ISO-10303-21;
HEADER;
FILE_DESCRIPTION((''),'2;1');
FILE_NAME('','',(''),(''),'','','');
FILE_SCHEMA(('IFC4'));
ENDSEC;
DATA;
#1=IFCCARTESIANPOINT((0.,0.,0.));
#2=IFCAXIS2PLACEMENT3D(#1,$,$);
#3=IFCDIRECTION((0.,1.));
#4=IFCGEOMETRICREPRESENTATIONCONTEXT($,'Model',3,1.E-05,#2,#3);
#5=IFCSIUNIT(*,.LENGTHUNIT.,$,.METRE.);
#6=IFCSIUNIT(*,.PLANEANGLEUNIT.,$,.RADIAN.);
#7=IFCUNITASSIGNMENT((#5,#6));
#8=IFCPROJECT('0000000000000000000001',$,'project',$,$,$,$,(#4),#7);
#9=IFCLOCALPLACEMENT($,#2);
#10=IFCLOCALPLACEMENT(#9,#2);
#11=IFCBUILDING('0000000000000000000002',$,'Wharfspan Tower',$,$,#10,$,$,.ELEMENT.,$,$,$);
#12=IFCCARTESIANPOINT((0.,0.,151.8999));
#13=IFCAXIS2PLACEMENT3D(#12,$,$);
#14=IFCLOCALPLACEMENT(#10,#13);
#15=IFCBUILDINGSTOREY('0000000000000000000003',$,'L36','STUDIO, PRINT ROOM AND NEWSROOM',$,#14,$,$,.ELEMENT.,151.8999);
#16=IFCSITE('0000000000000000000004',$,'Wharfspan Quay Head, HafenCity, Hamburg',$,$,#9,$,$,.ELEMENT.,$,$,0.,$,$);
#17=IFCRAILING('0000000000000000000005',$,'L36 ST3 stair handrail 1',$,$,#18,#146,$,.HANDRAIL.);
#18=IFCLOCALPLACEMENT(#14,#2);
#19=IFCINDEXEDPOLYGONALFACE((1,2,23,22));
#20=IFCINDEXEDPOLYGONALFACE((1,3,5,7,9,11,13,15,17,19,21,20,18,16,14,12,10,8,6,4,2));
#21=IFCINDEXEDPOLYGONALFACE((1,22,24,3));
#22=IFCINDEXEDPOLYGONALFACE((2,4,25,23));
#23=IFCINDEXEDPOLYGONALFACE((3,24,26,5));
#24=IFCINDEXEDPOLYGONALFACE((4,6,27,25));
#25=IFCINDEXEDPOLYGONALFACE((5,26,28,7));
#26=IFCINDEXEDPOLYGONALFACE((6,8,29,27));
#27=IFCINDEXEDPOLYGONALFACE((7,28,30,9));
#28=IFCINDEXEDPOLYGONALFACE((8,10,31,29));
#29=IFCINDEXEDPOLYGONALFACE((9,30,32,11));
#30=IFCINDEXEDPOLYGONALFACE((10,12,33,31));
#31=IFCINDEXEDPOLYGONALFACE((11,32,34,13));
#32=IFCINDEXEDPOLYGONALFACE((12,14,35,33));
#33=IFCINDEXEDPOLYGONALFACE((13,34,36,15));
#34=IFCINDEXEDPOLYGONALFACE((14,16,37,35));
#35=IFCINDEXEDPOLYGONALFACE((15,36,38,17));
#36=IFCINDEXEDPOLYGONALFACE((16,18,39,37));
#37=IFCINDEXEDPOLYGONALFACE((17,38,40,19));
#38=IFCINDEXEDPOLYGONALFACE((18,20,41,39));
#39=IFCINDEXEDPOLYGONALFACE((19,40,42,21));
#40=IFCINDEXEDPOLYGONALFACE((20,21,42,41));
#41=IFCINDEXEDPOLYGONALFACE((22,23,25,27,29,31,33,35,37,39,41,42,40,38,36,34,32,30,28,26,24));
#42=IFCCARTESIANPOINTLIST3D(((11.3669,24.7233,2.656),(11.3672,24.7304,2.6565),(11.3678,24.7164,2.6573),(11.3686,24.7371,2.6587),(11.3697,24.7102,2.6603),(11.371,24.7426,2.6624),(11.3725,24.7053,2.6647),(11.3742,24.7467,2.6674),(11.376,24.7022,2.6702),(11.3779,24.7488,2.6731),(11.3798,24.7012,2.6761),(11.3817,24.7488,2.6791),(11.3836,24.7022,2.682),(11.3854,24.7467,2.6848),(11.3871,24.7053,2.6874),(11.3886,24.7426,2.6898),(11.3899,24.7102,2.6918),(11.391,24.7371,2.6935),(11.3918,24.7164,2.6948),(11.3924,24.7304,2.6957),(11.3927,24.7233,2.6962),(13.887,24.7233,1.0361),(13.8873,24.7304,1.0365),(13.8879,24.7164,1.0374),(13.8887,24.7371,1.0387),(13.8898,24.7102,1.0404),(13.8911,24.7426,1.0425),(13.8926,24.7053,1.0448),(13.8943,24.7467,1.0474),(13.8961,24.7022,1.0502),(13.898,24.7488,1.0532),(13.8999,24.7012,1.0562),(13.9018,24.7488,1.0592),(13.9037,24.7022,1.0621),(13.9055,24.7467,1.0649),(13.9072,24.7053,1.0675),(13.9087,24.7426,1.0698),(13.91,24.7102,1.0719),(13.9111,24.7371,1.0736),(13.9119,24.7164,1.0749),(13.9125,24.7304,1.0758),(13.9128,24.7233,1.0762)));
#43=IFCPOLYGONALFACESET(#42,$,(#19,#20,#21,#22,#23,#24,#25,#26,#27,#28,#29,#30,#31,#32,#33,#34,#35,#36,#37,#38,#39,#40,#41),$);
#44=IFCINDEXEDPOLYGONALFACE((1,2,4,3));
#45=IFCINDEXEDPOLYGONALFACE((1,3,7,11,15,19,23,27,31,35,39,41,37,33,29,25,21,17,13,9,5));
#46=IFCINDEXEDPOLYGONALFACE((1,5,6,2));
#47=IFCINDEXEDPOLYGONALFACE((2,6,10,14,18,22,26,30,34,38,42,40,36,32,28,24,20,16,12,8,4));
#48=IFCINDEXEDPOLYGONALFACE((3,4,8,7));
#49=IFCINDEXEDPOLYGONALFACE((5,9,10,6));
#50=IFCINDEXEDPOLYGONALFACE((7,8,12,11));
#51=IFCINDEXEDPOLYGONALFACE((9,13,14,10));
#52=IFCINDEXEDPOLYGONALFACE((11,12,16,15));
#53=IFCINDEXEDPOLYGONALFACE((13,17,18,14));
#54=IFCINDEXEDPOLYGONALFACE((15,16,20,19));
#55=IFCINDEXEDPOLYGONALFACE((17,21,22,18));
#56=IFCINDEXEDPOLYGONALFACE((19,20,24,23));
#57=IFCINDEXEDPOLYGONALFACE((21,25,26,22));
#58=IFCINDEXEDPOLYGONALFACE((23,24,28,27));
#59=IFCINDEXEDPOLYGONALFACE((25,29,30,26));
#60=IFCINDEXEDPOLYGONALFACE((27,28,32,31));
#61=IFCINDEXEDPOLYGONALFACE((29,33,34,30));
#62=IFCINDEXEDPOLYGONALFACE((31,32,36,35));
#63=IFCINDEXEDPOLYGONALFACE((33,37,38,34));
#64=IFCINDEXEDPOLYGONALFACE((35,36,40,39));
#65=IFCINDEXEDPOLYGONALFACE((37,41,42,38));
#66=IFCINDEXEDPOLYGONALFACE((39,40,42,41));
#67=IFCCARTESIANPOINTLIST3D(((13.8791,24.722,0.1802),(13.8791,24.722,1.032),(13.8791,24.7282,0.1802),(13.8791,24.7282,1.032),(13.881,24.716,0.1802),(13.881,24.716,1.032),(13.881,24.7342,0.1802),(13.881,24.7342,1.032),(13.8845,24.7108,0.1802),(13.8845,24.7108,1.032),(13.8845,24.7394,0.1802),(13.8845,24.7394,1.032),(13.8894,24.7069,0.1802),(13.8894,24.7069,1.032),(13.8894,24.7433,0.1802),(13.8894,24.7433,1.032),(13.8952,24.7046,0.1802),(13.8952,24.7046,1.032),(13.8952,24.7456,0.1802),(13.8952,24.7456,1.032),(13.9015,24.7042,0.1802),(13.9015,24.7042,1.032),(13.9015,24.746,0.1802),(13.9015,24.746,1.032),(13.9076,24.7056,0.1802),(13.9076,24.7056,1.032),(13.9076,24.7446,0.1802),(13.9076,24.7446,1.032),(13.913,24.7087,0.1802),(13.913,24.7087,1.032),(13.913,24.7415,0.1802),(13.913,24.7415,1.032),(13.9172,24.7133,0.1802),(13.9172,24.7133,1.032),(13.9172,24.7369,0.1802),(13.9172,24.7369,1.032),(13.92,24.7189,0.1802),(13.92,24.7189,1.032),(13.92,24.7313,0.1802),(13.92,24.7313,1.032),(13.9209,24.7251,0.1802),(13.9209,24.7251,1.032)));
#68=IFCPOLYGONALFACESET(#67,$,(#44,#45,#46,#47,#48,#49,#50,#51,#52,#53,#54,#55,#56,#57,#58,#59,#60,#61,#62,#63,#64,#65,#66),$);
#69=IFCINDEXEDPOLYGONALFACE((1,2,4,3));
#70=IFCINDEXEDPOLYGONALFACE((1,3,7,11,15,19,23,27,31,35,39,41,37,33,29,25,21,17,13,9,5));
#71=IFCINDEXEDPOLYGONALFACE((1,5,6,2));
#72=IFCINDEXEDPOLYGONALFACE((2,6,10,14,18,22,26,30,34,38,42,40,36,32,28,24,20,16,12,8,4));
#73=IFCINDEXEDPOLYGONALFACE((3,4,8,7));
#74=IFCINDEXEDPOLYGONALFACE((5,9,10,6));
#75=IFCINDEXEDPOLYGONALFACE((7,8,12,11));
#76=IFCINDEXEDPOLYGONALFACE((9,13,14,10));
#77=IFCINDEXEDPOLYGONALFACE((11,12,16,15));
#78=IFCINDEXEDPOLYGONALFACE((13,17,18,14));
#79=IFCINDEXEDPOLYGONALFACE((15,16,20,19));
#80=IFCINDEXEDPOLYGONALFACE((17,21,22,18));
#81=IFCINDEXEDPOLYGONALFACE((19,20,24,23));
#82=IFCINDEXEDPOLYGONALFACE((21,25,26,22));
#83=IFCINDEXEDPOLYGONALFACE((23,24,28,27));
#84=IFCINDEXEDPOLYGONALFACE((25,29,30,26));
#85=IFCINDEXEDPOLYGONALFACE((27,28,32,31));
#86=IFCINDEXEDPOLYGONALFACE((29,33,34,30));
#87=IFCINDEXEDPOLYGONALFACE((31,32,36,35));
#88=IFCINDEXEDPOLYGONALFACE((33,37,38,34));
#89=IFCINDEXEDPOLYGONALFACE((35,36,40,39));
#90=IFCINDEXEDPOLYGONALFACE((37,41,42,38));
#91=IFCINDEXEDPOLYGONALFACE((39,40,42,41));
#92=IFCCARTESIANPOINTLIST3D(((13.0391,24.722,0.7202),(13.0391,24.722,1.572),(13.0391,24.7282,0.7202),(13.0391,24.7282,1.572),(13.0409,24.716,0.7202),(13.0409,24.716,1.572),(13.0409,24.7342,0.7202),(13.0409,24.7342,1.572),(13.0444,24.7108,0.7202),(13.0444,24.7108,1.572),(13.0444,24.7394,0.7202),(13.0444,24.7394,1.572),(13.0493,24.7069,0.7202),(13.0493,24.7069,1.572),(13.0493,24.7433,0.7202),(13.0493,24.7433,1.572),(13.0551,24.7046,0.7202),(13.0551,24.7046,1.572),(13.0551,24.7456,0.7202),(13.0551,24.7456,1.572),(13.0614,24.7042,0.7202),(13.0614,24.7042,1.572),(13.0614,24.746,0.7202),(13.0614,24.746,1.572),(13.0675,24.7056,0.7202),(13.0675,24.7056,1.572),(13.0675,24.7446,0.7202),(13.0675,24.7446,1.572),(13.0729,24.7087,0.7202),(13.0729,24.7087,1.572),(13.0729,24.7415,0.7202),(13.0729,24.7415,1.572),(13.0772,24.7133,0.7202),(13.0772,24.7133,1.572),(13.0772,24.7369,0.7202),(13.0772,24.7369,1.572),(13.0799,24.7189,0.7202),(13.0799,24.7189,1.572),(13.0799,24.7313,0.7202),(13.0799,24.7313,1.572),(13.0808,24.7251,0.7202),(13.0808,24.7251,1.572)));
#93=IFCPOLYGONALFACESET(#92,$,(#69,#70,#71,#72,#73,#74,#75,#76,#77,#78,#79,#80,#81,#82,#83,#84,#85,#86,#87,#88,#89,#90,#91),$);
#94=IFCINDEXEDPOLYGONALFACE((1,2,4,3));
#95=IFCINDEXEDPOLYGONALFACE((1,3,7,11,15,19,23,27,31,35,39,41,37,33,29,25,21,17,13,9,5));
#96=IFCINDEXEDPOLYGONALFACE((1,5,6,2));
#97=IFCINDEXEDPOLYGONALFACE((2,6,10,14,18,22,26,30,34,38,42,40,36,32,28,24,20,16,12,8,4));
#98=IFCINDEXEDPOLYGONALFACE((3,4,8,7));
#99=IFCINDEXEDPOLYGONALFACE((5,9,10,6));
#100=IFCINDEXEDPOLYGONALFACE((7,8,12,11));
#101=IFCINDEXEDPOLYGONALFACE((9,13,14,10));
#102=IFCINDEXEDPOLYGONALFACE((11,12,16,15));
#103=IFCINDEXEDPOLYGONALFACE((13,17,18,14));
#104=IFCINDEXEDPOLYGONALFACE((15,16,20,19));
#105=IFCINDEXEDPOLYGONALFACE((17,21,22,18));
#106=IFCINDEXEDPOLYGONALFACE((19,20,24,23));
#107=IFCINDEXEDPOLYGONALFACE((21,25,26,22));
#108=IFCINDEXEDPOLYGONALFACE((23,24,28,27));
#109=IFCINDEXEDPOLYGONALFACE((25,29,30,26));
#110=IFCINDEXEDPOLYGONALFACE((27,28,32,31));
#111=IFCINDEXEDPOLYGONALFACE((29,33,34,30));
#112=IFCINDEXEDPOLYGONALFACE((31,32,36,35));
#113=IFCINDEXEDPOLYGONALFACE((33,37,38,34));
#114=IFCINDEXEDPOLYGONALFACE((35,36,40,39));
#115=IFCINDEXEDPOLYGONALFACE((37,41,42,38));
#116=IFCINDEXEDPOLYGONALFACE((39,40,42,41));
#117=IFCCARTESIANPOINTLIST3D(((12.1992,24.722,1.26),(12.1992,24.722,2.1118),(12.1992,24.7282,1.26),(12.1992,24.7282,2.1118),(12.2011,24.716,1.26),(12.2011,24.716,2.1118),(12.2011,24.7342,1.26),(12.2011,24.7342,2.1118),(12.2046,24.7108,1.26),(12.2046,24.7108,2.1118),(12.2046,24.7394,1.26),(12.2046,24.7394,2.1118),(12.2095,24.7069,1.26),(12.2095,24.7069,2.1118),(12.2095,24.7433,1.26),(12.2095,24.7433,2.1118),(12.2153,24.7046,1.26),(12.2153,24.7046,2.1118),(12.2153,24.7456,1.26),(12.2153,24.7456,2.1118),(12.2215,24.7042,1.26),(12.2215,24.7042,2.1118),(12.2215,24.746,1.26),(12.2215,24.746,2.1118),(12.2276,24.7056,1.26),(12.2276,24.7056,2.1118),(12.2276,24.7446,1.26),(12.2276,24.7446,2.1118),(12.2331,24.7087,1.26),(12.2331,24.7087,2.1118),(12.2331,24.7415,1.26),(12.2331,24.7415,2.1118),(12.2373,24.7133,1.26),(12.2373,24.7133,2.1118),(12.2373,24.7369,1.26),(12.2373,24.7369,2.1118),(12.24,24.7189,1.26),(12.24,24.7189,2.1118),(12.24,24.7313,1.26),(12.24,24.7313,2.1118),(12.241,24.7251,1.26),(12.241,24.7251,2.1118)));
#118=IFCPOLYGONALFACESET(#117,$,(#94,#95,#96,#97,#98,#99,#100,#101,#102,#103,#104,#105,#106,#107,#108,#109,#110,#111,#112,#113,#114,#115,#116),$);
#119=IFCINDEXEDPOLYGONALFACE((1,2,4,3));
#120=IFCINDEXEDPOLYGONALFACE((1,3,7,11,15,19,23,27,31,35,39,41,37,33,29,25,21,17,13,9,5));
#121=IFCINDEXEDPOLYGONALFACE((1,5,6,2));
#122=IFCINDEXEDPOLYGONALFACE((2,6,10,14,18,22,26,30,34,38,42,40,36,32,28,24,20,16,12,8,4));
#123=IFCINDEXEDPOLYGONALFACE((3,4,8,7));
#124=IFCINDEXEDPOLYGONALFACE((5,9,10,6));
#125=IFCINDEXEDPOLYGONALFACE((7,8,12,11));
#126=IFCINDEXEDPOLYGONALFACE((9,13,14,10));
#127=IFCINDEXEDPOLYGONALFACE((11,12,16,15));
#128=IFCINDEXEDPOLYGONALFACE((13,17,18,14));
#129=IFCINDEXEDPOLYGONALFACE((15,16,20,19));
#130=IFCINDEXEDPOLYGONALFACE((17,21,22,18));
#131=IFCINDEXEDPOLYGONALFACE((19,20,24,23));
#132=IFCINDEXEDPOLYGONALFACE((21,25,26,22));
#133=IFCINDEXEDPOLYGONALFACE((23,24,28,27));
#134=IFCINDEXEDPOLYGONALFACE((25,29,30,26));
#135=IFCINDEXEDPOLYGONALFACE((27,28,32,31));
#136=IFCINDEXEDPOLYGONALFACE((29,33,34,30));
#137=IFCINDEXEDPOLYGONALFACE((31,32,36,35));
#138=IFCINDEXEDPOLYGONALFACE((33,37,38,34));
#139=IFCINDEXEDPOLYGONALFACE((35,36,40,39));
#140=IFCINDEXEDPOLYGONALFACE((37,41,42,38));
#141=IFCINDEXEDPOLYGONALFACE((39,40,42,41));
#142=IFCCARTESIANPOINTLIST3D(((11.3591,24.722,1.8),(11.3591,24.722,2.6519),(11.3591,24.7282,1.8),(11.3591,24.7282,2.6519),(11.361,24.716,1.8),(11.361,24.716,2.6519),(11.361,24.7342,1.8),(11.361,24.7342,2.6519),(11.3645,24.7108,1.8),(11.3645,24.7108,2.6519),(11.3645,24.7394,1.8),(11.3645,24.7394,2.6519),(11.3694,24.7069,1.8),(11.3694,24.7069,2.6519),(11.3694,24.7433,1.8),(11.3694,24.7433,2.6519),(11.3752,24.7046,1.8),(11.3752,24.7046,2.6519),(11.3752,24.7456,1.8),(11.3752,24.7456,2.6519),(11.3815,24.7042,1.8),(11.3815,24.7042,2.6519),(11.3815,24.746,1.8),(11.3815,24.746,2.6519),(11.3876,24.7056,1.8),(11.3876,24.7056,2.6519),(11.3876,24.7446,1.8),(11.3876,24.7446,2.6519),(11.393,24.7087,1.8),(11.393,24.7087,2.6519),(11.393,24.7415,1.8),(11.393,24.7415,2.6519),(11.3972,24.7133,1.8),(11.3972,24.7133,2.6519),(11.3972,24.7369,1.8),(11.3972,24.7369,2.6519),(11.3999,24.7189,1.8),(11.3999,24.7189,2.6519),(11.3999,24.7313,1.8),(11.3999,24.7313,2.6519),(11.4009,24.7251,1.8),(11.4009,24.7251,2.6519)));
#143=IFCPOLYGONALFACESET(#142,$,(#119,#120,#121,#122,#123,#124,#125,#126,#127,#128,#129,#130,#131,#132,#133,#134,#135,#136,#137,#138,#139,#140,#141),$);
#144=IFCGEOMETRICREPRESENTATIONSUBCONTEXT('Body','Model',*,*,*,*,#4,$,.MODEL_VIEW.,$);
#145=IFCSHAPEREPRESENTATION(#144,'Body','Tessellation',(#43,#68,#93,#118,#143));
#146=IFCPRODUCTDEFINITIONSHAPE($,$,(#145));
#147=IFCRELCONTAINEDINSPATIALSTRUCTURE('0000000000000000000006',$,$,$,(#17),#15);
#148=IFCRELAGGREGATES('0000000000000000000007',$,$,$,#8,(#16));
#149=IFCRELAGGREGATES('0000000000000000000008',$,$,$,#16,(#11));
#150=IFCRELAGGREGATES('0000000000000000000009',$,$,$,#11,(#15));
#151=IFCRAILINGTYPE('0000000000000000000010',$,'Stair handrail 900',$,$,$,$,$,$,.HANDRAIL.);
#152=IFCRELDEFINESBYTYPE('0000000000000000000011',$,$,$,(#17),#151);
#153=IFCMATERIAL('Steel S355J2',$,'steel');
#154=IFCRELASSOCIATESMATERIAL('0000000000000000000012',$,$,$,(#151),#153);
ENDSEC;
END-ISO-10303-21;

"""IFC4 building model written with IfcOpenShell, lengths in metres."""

from ifc_helpers import new_model, si_unit, direction, frame, origin, origin_2d, place, context, subcontext, project, spatial, circle, extrude, material, type_object, element, save


model = new_model("IFC4")

# Units and contexts
model_context = context("Model", 3, precision=1e-05, world=origin(), true_north=direction((0.0, 1.0)))
body_context = subcontext(model_context, "Body", "Model", "MODEL_VIEW")
ifc_project = project(units=[si_unit("LENGTHUNIT", "METRE"), si_unit("PLANEANGLEUNIT", "RADIAN")], contexts=[model_context])

# Site, building, storey
site_placement = place(None, origin())
site = spatial("IfcSite", under=ifc_project, at=site_placement, Name="Wharfspan Quay Head, HafenCity, Hamburg", CompositionType="ELEMENT", RefElevation=0.0)
building_placement = place(site_placement, origin())
building = spatial("IfcBuilding", under=site, at=building_placement, Name="Wharfspan Tower", CompositionType="ELEMENT")
storey_placement = place(building_placement, frame((0.0, 0.0, 151.8999)))
storey = spatial("IfcBuildingStorey", under=building, at=storey_placement, Name="L36", Description="STUDIO, PRINT ROOM AND NEWSROOM", CompositionType="ELEMENT", Elevation=151.8999)

# Shared definitions
ifc_material_1 = material(Name="Steel S355J2", Category="steel")

# Railing
railing_type_1 = type_object("IfcRailingType", Name="Stair handrail 900", PredefinedType="HANDRAIL", material=ifc_material_1)
railing_1_placement = place(storey_placement, frame((13.8999, 24.7251, 0.1802)))
element("IfcRailing", 1, at=railing_1_placement, inside=storey, type_object=railing_type_1, Name="L36 ST3 stair handrail 1", PredefinedType="HANDRAIL", context=body_context, shape_type="SweptSolid", body=[
    extrude(circle(Radius=0.0239, at=origin_2d()), frame((0.0, 0.0, 0.876), z_axis=(-0.8412, 0.0, 0.540725), x_axis=(0.0, -1.0, 0.0)), (0.0, 0.0, 1.0), 2.9958),
    extrude(circle(Radius=0.021, at=origin_2d()), origin(), (0.0, 0.0, 1.0), 0.8518),
    extrude(circle(Radius=0.021, at=origin_2d()), frame((-0.8401, 0.0, 0.54)), (0.0, 0.0, 1.0), 0.8518),
    extrude(circle(Radius=0.021, at=origin_2d()), frame((-1.6799, 0.0, 1.0798)), (0.0, 0.0, 1.0), 0.8518),
    extrude(circle(Radius=0.021, at=origin_2d()), frame((-2.52, 0.0, 1.6199)), (0.0, 0.0, 1.0), 0.8518),
])

save(model, "model.ifc")
